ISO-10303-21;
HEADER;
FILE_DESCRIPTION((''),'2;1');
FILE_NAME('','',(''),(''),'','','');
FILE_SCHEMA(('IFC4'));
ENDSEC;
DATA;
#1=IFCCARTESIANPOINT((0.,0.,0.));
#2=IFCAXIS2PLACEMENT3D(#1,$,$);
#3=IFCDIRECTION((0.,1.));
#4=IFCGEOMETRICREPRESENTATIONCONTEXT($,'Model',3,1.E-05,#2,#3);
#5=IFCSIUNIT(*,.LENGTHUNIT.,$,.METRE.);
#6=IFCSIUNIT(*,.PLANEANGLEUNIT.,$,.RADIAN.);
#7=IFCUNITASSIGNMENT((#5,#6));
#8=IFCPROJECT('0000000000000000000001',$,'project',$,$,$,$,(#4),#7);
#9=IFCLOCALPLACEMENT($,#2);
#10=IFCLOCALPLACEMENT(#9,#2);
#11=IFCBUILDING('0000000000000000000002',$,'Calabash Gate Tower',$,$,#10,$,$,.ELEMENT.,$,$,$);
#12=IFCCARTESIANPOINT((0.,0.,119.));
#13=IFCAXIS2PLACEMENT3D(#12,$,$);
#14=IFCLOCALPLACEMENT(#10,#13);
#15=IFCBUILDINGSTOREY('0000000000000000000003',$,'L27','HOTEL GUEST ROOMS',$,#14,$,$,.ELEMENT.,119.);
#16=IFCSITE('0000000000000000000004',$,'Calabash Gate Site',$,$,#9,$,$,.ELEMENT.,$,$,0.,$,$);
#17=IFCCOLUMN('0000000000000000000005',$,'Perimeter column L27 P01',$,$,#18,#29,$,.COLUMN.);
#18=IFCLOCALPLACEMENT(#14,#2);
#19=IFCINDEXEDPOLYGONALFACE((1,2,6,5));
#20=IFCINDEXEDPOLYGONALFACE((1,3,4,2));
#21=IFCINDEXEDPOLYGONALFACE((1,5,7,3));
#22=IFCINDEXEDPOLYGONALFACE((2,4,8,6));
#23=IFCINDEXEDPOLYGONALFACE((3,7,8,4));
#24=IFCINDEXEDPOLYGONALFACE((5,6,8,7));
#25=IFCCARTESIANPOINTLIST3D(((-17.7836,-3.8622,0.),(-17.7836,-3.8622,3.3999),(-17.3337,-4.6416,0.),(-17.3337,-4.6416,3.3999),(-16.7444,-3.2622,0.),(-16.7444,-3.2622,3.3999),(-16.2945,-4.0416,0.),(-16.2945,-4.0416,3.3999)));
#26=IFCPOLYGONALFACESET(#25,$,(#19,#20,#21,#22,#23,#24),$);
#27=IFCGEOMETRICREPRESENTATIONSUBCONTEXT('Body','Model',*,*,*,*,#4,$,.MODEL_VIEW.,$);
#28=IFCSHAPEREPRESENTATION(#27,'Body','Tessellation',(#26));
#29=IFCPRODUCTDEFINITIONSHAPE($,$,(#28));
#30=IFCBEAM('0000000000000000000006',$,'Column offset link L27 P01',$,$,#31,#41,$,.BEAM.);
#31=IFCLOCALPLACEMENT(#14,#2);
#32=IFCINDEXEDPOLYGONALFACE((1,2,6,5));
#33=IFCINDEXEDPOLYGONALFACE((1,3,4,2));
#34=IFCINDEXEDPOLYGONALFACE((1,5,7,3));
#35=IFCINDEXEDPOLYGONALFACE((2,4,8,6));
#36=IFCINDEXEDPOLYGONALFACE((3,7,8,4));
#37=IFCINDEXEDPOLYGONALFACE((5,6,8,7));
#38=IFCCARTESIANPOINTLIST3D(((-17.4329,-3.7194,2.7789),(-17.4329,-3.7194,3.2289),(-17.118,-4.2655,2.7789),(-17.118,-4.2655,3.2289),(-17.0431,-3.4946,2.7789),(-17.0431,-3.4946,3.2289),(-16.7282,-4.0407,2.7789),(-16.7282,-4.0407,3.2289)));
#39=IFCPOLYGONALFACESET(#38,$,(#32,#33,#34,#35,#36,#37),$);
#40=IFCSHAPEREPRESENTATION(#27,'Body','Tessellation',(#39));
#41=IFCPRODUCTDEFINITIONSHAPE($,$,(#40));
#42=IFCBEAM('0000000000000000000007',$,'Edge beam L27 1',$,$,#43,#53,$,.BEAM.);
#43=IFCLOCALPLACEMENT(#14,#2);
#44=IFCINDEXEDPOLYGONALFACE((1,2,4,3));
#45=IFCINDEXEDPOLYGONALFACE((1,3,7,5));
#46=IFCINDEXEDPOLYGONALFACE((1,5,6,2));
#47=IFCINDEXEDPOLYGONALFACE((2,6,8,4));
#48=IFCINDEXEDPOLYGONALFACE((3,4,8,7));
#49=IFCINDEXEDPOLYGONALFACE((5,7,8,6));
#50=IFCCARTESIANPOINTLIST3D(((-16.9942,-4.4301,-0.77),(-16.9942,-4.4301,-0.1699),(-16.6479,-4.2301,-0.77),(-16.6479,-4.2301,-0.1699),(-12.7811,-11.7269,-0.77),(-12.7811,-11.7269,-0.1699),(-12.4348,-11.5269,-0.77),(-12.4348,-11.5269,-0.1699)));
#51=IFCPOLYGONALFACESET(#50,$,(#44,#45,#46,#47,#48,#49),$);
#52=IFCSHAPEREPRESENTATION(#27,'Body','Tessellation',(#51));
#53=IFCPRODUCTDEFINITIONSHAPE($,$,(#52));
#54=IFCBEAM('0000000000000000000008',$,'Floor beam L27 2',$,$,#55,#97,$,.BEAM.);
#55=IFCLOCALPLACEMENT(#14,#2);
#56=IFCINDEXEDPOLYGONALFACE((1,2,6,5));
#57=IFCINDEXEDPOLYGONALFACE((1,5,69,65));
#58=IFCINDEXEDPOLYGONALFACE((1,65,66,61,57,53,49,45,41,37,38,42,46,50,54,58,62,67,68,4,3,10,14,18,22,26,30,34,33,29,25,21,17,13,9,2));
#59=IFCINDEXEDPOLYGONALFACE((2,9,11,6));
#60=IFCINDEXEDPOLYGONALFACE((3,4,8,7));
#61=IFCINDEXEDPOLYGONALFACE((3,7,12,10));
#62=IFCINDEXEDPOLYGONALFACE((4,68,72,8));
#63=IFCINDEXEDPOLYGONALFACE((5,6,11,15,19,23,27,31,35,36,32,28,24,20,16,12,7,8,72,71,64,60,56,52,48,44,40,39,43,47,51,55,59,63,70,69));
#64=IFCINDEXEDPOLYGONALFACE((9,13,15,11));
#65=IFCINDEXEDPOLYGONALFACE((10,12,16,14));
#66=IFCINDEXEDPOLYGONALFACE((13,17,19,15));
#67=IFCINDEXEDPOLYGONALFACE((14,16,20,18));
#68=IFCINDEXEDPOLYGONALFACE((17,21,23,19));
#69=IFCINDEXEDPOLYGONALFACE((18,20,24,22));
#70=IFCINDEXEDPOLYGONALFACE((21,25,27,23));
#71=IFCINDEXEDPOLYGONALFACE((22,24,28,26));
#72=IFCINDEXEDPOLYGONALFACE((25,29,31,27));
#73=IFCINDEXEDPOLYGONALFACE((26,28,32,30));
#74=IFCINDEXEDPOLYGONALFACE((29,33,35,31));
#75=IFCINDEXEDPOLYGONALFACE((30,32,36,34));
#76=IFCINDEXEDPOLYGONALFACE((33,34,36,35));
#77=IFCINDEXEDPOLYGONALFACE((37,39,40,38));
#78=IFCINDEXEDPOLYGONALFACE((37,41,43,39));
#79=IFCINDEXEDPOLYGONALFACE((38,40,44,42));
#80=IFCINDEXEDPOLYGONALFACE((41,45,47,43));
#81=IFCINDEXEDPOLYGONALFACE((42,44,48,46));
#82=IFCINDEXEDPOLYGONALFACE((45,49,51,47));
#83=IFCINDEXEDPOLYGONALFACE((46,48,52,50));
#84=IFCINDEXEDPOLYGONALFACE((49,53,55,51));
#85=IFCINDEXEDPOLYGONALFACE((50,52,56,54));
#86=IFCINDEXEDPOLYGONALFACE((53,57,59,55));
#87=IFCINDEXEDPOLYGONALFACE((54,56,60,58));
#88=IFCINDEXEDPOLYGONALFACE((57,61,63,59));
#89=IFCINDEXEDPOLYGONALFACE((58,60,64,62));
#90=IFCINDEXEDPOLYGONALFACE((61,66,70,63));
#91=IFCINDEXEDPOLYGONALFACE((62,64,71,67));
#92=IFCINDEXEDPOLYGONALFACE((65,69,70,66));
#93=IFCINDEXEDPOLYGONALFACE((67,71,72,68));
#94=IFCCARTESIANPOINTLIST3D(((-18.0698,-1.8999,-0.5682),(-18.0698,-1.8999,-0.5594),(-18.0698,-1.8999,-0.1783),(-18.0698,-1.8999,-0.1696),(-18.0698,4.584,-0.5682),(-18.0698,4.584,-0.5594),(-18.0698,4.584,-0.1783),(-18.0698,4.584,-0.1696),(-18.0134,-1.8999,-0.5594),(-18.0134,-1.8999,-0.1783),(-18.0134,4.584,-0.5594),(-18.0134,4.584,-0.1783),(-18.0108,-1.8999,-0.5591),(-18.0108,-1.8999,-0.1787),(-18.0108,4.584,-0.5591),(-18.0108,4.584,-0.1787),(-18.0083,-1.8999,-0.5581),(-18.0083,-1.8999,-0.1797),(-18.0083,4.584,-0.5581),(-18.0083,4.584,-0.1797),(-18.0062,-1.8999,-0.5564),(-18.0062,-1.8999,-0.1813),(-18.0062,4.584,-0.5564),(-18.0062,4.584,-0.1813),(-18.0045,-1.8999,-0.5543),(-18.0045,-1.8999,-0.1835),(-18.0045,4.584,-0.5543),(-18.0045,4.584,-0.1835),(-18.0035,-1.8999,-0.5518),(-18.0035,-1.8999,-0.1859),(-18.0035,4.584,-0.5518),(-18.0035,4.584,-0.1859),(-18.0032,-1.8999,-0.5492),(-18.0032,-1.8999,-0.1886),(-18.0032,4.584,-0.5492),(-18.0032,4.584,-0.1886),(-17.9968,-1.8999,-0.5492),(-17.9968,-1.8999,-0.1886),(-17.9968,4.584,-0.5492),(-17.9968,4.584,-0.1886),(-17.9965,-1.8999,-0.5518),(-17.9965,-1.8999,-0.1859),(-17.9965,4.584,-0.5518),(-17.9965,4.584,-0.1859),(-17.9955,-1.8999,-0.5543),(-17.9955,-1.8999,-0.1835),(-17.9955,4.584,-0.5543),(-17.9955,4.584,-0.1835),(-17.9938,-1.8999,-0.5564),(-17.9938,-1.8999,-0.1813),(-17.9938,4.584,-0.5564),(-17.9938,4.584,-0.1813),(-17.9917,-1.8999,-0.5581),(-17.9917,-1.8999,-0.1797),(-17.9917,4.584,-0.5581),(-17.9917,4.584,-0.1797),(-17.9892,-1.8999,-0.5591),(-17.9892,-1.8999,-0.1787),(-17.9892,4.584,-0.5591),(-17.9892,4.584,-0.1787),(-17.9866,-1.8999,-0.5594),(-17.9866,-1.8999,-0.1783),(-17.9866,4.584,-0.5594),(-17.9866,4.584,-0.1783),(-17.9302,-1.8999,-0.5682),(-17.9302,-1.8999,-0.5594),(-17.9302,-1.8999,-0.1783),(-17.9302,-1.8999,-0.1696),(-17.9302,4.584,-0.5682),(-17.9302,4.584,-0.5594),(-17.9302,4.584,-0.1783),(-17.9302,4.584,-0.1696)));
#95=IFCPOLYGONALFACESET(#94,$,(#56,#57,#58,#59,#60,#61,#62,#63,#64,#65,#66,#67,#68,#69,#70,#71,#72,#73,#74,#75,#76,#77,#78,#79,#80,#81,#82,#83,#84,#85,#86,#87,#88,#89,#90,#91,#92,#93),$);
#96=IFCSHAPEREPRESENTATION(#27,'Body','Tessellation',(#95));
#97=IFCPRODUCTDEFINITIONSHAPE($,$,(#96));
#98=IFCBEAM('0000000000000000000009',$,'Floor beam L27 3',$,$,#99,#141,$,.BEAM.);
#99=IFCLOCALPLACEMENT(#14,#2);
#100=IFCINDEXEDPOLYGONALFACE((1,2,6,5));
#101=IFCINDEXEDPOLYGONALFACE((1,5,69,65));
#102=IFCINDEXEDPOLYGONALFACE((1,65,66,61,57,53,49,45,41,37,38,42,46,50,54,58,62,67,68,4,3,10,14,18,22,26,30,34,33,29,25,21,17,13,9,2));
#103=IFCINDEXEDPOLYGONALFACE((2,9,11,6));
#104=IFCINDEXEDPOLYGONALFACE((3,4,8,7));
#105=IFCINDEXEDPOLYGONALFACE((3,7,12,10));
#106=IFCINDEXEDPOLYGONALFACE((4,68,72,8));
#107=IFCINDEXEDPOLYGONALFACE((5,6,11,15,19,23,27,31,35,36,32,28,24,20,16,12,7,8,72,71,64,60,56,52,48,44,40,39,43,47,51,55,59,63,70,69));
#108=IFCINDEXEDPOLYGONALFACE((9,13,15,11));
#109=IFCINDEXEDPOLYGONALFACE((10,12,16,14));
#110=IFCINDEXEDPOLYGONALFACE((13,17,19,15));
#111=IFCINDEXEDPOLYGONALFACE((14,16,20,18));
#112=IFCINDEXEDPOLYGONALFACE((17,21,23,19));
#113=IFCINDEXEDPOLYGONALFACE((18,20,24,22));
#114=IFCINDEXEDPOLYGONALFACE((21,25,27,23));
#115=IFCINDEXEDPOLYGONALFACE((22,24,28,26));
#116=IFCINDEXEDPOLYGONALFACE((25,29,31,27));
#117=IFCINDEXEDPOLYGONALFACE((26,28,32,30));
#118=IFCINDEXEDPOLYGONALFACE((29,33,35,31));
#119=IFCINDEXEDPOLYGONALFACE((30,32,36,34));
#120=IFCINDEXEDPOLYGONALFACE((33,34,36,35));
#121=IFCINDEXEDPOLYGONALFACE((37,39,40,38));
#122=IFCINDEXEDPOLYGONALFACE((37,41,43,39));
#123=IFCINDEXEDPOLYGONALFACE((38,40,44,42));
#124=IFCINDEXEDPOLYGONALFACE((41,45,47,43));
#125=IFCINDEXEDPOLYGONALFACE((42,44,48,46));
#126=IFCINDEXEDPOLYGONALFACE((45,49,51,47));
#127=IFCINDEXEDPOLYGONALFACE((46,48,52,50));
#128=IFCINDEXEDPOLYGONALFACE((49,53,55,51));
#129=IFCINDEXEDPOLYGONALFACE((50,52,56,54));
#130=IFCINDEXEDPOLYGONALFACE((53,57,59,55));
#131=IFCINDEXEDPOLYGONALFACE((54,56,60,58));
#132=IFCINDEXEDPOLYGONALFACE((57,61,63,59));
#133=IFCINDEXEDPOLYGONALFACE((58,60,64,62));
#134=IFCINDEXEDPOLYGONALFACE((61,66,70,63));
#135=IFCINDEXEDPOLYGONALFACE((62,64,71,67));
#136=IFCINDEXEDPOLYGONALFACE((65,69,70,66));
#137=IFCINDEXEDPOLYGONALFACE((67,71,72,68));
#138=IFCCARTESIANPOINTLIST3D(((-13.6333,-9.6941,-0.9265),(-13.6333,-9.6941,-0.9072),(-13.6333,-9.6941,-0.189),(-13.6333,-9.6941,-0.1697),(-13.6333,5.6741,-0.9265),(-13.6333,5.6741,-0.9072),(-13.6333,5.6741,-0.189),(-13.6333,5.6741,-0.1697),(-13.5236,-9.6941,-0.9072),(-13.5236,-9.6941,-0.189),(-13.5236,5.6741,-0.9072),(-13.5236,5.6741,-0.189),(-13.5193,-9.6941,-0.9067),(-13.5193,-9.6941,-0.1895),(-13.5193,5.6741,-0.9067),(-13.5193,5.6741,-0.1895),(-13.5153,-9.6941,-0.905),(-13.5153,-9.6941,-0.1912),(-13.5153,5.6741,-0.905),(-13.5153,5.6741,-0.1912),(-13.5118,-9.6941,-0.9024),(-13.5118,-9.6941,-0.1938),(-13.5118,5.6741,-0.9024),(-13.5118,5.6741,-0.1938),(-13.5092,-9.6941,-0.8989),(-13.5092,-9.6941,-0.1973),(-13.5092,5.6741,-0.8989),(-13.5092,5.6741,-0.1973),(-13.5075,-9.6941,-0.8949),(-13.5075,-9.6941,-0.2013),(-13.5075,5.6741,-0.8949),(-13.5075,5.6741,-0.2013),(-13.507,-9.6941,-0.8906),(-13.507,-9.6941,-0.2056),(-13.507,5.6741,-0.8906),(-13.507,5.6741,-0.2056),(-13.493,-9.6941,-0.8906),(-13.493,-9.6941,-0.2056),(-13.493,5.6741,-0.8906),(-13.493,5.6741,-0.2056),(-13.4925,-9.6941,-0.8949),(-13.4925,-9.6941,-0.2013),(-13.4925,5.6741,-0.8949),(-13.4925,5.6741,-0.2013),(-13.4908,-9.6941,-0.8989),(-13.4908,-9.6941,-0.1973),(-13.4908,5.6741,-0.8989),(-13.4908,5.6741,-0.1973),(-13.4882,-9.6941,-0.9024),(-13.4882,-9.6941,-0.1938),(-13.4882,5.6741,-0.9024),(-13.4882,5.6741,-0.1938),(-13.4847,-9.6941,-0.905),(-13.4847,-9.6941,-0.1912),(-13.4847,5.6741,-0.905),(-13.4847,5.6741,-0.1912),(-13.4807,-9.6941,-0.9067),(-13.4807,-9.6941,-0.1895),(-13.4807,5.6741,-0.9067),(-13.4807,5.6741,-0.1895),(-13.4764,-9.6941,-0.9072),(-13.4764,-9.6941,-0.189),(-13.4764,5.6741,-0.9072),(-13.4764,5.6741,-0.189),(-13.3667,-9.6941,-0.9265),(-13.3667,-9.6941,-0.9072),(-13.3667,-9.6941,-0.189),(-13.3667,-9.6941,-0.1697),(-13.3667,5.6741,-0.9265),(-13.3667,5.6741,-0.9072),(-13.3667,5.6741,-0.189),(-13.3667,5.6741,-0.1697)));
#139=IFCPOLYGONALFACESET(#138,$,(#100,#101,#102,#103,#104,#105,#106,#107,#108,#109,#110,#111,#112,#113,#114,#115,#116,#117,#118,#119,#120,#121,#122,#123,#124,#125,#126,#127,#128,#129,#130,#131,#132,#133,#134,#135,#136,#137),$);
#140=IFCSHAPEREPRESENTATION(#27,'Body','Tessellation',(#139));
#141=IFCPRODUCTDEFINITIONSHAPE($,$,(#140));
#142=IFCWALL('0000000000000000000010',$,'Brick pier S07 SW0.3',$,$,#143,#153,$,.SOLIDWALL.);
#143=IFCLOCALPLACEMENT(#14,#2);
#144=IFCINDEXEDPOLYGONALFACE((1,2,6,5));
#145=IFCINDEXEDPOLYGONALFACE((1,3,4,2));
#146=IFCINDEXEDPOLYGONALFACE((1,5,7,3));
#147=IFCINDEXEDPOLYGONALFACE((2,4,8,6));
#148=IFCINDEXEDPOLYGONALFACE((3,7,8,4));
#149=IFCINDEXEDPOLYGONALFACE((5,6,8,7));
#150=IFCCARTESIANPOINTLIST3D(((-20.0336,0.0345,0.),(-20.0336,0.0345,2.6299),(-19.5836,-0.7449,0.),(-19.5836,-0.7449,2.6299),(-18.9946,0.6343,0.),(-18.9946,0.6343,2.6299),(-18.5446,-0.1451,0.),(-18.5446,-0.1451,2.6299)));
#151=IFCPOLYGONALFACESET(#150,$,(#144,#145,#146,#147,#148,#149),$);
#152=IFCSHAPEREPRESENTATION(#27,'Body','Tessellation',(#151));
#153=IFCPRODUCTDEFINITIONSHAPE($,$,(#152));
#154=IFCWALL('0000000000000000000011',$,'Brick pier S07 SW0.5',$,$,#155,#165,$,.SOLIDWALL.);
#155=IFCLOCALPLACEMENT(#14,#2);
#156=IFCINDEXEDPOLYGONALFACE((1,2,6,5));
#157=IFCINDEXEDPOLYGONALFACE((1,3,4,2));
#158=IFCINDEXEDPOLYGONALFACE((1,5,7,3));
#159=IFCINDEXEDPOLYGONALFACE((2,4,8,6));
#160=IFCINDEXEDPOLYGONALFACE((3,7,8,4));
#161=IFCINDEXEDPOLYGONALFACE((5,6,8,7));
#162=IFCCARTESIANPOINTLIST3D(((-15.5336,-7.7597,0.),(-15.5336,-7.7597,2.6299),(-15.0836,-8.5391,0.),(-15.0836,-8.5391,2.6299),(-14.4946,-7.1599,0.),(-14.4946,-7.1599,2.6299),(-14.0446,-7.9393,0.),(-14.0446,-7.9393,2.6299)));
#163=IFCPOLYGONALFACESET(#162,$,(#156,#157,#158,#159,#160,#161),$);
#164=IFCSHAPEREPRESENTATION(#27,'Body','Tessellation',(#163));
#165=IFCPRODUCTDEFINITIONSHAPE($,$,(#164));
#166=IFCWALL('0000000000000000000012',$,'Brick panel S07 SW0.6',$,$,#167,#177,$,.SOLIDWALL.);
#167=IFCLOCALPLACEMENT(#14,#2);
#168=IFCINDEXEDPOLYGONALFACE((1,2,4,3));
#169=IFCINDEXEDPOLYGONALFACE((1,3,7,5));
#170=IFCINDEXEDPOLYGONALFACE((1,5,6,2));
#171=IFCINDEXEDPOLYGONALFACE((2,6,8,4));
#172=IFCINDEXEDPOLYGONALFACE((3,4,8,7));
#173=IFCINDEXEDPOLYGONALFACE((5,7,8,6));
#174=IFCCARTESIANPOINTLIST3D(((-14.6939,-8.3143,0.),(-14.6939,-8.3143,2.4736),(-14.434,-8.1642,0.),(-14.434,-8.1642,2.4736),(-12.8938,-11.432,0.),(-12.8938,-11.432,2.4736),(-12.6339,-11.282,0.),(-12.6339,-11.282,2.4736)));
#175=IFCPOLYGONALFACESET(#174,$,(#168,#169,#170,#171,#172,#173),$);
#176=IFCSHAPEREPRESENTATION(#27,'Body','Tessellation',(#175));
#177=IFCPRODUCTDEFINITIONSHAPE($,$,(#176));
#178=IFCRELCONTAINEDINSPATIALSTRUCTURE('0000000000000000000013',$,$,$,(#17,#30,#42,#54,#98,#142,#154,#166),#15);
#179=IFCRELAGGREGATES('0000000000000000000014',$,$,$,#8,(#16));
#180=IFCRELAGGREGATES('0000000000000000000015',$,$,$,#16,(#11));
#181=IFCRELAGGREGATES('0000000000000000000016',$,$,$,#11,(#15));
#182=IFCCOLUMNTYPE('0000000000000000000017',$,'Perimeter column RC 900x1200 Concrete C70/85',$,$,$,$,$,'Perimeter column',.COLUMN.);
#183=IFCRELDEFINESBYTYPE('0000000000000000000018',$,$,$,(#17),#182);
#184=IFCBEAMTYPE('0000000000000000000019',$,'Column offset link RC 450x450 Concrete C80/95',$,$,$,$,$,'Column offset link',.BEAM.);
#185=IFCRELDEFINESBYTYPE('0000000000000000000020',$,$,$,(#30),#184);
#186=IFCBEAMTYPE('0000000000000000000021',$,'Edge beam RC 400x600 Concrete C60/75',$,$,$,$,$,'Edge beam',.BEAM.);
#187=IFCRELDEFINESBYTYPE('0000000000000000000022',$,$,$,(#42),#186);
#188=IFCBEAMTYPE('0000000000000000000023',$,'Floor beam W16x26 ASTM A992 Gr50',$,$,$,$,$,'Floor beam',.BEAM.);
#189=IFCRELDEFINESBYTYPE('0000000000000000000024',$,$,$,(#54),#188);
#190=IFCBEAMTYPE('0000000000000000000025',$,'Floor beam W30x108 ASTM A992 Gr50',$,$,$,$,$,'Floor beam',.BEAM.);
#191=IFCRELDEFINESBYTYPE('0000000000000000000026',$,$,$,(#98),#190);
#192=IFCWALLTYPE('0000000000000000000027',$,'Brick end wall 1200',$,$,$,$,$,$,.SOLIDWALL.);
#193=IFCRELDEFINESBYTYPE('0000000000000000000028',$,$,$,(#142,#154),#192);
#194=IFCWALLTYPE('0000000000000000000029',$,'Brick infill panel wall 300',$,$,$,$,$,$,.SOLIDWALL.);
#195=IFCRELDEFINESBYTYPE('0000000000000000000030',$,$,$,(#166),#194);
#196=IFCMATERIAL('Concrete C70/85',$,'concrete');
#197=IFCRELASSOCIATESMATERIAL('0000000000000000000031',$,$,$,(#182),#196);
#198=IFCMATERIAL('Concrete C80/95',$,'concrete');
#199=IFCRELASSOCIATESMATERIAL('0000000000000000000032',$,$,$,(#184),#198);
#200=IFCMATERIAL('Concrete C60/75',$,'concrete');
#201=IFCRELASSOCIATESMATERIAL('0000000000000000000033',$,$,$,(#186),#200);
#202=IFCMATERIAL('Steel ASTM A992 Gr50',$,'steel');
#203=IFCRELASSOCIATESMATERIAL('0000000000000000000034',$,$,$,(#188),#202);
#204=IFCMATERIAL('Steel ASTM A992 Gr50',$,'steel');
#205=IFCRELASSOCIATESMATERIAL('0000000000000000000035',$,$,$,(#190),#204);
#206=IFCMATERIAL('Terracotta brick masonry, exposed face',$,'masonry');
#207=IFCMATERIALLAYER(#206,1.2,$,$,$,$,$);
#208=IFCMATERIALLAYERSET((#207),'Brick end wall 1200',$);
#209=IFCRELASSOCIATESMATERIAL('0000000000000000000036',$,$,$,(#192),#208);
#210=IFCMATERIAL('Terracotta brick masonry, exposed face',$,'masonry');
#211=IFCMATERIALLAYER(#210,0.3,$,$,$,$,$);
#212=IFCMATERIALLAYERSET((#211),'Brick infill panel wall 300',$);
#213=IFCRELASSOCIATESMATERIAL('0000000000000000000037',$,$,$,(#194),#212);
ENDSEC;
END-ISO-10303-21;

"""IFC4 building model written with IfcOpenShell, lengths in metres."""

from ifc_helpers import new_model, si_unit, direction, frame, frame_2d, origin, origin_2d, place, context, subcontext, project, spatial, rectangle, i_section, extrude, material, layer, layer_set, material_profile, profile_set, type_object, element, save


model = new_model("IFC4")

# Units and contexts
model_context = context("Model", 3, precision=1e-05, world=origin(), true_north=direction((0.0, 1.0)))
body_context = subcontext(model_context, "Body", "Model", "MODEL_VIEW")
ifc_project = project(units=[si_unit("LENGTHUNIT", "METRE"), si_unit("PLANEANGLEUNIT", "RADIAN")], contexts=[model_context])

# Site, building, storey
site_placement = place(None, origin())
site = spatial("IfcSite", under=ifc_project, at=site_placement, Name="Calabash Gate Site", CompositionType="ELEMENT", RefElevation=0.0)
building_placement = place(site_placement, origin())
building = spatial("IfcBuilding", under=site, at=building_placement, Name="Calabash Gate Tower", CompositionType="ELEMENT")
storey_placement = place(building_placement, frame((0.0, 0.0, 119.0)))
storey = spatial("IfcBuildingStorey", under=building, at=storey_placement, Name="L27", Description="HOTEL GUEST ROOMS", CompositionType="ELEMENT", Elevation=119.0)

# Column
ifc_material_1 = material(Name="Concrete C70/85", Category="concrete")
ifc_material_profile_1 = material_profile(ifc_material_1, rectangle(XDim=0.8999, YDim=1.2, at=origin_2d()))
ifc_profile_set_1 = profile_set([ifc_material_profile_1], Name="Concrete C70/85")
column_type = type_object("IfcColumnType", Name="Perimeter column RC 900x1200 Concrete C70/85", ElementType="Perimeter column", PredefinedType="COLUMN", material=ifc_profile_set_1)
column_placement = place(storey_placement, frame((-17.0391, -3.9519, 0.0), z_axis=(0.0, 0.0, 1.0), x_axis=(0.5, -0.866025, 0.0)))
element("IfcColumn", 1, at=column_placement, inside=storey, type_object=column_type, Name="Perimeter column L27 P01", PredefinedType="COLUMN", context=body_context, shape_type="SweptSolid", body=[
    extrude(rectangle(XDim=0.8999, YDim=1.2, at=origin_2d()), origin(), (0.0, 0.0, 1.0), 3.3999),
])

# Beams
ifc_material_2 = material(Name="Concrete C80/95", Category="concrete")
ifc_material_profile_2 = material_profile(ifc_material_2, rectangle(XDim=0.45, YDim=0.45, at=origin_2d()))
ifc_profile_set_2 = profile_set([ifc_material_profile_2], Name="Concrete C80/95")
beam_type_1 = type_object("IfcBeamType", Name="Column offset link RC 450x450 Concrete C80/95", ElementType="Column offset link", PredefinedType="BEAM", material=ifc_profile_set_2)
beam_1_placement = place(storey_placement, frame((-16.9231, -4.1531, 3.0039), z_axis=(-0.499555, 0.866282, 0.0), x_axis=(-0.866282, -0.499555, 0.0)))
element("IfcBeam", 2, at=beam_1_placement, inside=storey, type_object=beam_type_1, Name="Column offset link L27 P01", PredefinedType="BEAM", context=body_context, shape_type="SweptSolid", body=[
    extrude(rectangle(XDim=0.45, YDim=0.45, at=origin_2d()), origin(), (0.0, 0.0, 1.0), 0.6304),
])
ifc_material_3 = material(Name="Concrete C60/75", Category="concrete")
ifc_material_profile_3 = material_profile(ifc_material_3, rectangle(XDim=0.3999, YDim=0.6001, at=origin_2d()))
ifc_profile_set_3 = profile_set([ifc_material_profile_3], Name="Concrete C60/75")
beam_type_2 = type_object("IfcBeamType", Name="Edge beam RC 400x600 Concrete C60/75", ElementType="Edge beam", PredefinedType="BEAM", material=ifc_profile_set_3)
beam_2_placement = place(storey_placement, frame((-16.821, -4.3301, -0.47), z_axis=(0.500025, -0.866011, 0.0), x_axis=(0.866011, 0.500025, 0.0)))
element("IfcBeam", 3, at=beam_2_placement, inside=storey, type_object=beam_type_2, Name="Edge beam L27 1", PredefinedType="BEAM", context=body_context, shape_type="SweptSolid", body=[
    extrude(rectangle(XDim=0.3999, YDim=0.6001, at=origin_2d()), origin(), (0.0, 0.0, 1.0), 8.4258),
])
ifc_material_4 = material(Name="Steel ASTM A992 Gr50", Category="steel")
ifc_material_profile_4 = material_profile(ifc_material_4, i_section(OverallWidth=0.1396, OverallDepth=0.3987, WebThickness=0.0063, FlangeThickness=0.0088, FilletRadius=0.0103, at=origin_2d()))
ifc_profile_set_4 = profile_set([ifc_material_profile_4], Name="Steel ASTM A992 Gr50")
beam_type_3 = type_object("IfcBeamType", Name="Floor beam W16x26 ASTM A992 Gr50", ElementType="Floor beam", PredefinedType="BEAM", material=ifc_profile_set_4)
beam_3_placement = place(storey_placement, frame((-18.0, -1.8999, -0.3689), z_axis=(0.0, 1.0, 0.0), x_axis=(-1.0, 0.0, 0.0)))
element("IfcBeam", 4, at=beam_3_placement, inside=storey, type_object=beam_type_3, Name="Floor beam L27 2", PredefinedType="BEAM", context=body_context, shape_type="SweptSolid", body=[
    extrude(i_section(OverallWidth=0.1396, OverallDepth=0.3987, WebThickness=0.0063, FlangeThickness=0.0088, FilletRadius=0.0103, at=origin_2d()), origin(), (0.0, 0.0, 1.0), 6.4839),
])
ifc_material_5 = material(Name="Steel ASTM A992 Gr50", Category="steel")
ifc_material_profile_5 = material_profile(ifc_material_5, i_section(OverallWidth=0.2666, OverallDepth=0.7568, WebThickness=0.0139, FlangeThickness=0.0193, FilletRadius=0.0166, at=origin_2d()))
ifc_profile_set_5 = profile_set([ifc_material_profile_5], Name="Steel ASTM A992 Gr50")
beam_type_4 = type_object("IfcBeamType", Name="Floor beam W30x108 ASTM A992 Gr50", ElementType="Floor beam", PredefinedType="BEAM", material=ifc_profile_set_5)
beam_4_placement = place(storey_placement, frame((-13.5, -9.6941, -0.5481), z_axis=(0.0, 1.0, 0.0), x_axis=(-1.0, 0.0, 0.0)))
element("IfcBeam", 5, at=beam_4_placement, inside=storey, type_object=beam_type_4, Name="Floor beam L27 3", PredefinedType="BEAM", context=body_context, shape_type="SweptSolid", body=[
    extrude(i_section(OverallWidth=0.2666, OverallDepth=0.7568, WebThickness=0.0139, FlangeThickness=0.0193, FilletRadius=0.0166, at=origin_2d()), origin(), (0.0, 0.0, 1.0), 15.3682),
])

# Walls
ifc_material_6 = material(Name="Terracotta brick masonry, exposed face", Category="masonry")
ifc_layer_1 = layer(ifc_material_6, 1.2)
ifc_layer_set_1 = layer_set([ifc_layer_1], Name="Brick end wall 1200")
wall_type_1 = type_object("IfcWallType", Name="Brick end wall 1200", PredefinedType="SOLIDWALL", material=ifc_layer_set_1)
for number, where, z_axis, x_axis, name in (
    (6, (-19.8086, -0.3552, 0.0), (0.0, 0.0, 1.0), (0.866043, 0.499969, 0.0), "Brick pier S07 SW0.3"),
    (7, (-15.3086, -8.1494, 0.0), (0.0, 0.0, 1.0), (0.866043, 0.499969, 0.0), "Brick pier S07 SW0.5"),
):
    element("IfcWall", number, at=place(storey_placement, frame(where, z_axis=z_axis, x_axis=x_axis)), inside=storey, type_object=wall_type_1, Name=name, PredefinedType="SOLIDWALL", context=body_context, shape_type="SweptSolid", body=[
        extrude(rectangle(XDim=1.1997, YDim=0.8999, at=frame_2d((0.5999, 0.0))), origin(), (0.0, 0.0, 1.0), 2.6299),
    ])
ifc_material_7 = material(Name="Terracotta brick masonry, exposed face", Category="masonry")
ifc_layer_2 = layer(ifc_material_7, 0.3)
ifc_layer_set_2 = layer_set([ifc_layer_2], Name="Brick infill panel wall 300")
wall_type_2 = type_object("IfcWallType", Name="Brick infill panel wall 300", PredefinedType="SOLIDWALL", material=ifc_layer_set_2)
wall_1_placement = place(storey_placement, frame((-14.564, -8.2393, 0.0), z_axis=(0.0, 0.0, 1.0), x_axis=(0.500012, -0.866018, 0.0)))
element("IfcWall", 8, at=wall_1_placement, inside=storey, type_object=wall_type_2, Name="Brick panel S07 SW0.6", PredefinedType="SOLIDWALL", context=body_context, shape_type="SweptSolid", body=[
    extrude(rectangle(XDim=3.6001, YDim=0.3, at=frame_2d((1.8, 0.0))), origin(), (0.0, 0.0, 1.0), 2.4736),
])

save(model, "model.ifc")
